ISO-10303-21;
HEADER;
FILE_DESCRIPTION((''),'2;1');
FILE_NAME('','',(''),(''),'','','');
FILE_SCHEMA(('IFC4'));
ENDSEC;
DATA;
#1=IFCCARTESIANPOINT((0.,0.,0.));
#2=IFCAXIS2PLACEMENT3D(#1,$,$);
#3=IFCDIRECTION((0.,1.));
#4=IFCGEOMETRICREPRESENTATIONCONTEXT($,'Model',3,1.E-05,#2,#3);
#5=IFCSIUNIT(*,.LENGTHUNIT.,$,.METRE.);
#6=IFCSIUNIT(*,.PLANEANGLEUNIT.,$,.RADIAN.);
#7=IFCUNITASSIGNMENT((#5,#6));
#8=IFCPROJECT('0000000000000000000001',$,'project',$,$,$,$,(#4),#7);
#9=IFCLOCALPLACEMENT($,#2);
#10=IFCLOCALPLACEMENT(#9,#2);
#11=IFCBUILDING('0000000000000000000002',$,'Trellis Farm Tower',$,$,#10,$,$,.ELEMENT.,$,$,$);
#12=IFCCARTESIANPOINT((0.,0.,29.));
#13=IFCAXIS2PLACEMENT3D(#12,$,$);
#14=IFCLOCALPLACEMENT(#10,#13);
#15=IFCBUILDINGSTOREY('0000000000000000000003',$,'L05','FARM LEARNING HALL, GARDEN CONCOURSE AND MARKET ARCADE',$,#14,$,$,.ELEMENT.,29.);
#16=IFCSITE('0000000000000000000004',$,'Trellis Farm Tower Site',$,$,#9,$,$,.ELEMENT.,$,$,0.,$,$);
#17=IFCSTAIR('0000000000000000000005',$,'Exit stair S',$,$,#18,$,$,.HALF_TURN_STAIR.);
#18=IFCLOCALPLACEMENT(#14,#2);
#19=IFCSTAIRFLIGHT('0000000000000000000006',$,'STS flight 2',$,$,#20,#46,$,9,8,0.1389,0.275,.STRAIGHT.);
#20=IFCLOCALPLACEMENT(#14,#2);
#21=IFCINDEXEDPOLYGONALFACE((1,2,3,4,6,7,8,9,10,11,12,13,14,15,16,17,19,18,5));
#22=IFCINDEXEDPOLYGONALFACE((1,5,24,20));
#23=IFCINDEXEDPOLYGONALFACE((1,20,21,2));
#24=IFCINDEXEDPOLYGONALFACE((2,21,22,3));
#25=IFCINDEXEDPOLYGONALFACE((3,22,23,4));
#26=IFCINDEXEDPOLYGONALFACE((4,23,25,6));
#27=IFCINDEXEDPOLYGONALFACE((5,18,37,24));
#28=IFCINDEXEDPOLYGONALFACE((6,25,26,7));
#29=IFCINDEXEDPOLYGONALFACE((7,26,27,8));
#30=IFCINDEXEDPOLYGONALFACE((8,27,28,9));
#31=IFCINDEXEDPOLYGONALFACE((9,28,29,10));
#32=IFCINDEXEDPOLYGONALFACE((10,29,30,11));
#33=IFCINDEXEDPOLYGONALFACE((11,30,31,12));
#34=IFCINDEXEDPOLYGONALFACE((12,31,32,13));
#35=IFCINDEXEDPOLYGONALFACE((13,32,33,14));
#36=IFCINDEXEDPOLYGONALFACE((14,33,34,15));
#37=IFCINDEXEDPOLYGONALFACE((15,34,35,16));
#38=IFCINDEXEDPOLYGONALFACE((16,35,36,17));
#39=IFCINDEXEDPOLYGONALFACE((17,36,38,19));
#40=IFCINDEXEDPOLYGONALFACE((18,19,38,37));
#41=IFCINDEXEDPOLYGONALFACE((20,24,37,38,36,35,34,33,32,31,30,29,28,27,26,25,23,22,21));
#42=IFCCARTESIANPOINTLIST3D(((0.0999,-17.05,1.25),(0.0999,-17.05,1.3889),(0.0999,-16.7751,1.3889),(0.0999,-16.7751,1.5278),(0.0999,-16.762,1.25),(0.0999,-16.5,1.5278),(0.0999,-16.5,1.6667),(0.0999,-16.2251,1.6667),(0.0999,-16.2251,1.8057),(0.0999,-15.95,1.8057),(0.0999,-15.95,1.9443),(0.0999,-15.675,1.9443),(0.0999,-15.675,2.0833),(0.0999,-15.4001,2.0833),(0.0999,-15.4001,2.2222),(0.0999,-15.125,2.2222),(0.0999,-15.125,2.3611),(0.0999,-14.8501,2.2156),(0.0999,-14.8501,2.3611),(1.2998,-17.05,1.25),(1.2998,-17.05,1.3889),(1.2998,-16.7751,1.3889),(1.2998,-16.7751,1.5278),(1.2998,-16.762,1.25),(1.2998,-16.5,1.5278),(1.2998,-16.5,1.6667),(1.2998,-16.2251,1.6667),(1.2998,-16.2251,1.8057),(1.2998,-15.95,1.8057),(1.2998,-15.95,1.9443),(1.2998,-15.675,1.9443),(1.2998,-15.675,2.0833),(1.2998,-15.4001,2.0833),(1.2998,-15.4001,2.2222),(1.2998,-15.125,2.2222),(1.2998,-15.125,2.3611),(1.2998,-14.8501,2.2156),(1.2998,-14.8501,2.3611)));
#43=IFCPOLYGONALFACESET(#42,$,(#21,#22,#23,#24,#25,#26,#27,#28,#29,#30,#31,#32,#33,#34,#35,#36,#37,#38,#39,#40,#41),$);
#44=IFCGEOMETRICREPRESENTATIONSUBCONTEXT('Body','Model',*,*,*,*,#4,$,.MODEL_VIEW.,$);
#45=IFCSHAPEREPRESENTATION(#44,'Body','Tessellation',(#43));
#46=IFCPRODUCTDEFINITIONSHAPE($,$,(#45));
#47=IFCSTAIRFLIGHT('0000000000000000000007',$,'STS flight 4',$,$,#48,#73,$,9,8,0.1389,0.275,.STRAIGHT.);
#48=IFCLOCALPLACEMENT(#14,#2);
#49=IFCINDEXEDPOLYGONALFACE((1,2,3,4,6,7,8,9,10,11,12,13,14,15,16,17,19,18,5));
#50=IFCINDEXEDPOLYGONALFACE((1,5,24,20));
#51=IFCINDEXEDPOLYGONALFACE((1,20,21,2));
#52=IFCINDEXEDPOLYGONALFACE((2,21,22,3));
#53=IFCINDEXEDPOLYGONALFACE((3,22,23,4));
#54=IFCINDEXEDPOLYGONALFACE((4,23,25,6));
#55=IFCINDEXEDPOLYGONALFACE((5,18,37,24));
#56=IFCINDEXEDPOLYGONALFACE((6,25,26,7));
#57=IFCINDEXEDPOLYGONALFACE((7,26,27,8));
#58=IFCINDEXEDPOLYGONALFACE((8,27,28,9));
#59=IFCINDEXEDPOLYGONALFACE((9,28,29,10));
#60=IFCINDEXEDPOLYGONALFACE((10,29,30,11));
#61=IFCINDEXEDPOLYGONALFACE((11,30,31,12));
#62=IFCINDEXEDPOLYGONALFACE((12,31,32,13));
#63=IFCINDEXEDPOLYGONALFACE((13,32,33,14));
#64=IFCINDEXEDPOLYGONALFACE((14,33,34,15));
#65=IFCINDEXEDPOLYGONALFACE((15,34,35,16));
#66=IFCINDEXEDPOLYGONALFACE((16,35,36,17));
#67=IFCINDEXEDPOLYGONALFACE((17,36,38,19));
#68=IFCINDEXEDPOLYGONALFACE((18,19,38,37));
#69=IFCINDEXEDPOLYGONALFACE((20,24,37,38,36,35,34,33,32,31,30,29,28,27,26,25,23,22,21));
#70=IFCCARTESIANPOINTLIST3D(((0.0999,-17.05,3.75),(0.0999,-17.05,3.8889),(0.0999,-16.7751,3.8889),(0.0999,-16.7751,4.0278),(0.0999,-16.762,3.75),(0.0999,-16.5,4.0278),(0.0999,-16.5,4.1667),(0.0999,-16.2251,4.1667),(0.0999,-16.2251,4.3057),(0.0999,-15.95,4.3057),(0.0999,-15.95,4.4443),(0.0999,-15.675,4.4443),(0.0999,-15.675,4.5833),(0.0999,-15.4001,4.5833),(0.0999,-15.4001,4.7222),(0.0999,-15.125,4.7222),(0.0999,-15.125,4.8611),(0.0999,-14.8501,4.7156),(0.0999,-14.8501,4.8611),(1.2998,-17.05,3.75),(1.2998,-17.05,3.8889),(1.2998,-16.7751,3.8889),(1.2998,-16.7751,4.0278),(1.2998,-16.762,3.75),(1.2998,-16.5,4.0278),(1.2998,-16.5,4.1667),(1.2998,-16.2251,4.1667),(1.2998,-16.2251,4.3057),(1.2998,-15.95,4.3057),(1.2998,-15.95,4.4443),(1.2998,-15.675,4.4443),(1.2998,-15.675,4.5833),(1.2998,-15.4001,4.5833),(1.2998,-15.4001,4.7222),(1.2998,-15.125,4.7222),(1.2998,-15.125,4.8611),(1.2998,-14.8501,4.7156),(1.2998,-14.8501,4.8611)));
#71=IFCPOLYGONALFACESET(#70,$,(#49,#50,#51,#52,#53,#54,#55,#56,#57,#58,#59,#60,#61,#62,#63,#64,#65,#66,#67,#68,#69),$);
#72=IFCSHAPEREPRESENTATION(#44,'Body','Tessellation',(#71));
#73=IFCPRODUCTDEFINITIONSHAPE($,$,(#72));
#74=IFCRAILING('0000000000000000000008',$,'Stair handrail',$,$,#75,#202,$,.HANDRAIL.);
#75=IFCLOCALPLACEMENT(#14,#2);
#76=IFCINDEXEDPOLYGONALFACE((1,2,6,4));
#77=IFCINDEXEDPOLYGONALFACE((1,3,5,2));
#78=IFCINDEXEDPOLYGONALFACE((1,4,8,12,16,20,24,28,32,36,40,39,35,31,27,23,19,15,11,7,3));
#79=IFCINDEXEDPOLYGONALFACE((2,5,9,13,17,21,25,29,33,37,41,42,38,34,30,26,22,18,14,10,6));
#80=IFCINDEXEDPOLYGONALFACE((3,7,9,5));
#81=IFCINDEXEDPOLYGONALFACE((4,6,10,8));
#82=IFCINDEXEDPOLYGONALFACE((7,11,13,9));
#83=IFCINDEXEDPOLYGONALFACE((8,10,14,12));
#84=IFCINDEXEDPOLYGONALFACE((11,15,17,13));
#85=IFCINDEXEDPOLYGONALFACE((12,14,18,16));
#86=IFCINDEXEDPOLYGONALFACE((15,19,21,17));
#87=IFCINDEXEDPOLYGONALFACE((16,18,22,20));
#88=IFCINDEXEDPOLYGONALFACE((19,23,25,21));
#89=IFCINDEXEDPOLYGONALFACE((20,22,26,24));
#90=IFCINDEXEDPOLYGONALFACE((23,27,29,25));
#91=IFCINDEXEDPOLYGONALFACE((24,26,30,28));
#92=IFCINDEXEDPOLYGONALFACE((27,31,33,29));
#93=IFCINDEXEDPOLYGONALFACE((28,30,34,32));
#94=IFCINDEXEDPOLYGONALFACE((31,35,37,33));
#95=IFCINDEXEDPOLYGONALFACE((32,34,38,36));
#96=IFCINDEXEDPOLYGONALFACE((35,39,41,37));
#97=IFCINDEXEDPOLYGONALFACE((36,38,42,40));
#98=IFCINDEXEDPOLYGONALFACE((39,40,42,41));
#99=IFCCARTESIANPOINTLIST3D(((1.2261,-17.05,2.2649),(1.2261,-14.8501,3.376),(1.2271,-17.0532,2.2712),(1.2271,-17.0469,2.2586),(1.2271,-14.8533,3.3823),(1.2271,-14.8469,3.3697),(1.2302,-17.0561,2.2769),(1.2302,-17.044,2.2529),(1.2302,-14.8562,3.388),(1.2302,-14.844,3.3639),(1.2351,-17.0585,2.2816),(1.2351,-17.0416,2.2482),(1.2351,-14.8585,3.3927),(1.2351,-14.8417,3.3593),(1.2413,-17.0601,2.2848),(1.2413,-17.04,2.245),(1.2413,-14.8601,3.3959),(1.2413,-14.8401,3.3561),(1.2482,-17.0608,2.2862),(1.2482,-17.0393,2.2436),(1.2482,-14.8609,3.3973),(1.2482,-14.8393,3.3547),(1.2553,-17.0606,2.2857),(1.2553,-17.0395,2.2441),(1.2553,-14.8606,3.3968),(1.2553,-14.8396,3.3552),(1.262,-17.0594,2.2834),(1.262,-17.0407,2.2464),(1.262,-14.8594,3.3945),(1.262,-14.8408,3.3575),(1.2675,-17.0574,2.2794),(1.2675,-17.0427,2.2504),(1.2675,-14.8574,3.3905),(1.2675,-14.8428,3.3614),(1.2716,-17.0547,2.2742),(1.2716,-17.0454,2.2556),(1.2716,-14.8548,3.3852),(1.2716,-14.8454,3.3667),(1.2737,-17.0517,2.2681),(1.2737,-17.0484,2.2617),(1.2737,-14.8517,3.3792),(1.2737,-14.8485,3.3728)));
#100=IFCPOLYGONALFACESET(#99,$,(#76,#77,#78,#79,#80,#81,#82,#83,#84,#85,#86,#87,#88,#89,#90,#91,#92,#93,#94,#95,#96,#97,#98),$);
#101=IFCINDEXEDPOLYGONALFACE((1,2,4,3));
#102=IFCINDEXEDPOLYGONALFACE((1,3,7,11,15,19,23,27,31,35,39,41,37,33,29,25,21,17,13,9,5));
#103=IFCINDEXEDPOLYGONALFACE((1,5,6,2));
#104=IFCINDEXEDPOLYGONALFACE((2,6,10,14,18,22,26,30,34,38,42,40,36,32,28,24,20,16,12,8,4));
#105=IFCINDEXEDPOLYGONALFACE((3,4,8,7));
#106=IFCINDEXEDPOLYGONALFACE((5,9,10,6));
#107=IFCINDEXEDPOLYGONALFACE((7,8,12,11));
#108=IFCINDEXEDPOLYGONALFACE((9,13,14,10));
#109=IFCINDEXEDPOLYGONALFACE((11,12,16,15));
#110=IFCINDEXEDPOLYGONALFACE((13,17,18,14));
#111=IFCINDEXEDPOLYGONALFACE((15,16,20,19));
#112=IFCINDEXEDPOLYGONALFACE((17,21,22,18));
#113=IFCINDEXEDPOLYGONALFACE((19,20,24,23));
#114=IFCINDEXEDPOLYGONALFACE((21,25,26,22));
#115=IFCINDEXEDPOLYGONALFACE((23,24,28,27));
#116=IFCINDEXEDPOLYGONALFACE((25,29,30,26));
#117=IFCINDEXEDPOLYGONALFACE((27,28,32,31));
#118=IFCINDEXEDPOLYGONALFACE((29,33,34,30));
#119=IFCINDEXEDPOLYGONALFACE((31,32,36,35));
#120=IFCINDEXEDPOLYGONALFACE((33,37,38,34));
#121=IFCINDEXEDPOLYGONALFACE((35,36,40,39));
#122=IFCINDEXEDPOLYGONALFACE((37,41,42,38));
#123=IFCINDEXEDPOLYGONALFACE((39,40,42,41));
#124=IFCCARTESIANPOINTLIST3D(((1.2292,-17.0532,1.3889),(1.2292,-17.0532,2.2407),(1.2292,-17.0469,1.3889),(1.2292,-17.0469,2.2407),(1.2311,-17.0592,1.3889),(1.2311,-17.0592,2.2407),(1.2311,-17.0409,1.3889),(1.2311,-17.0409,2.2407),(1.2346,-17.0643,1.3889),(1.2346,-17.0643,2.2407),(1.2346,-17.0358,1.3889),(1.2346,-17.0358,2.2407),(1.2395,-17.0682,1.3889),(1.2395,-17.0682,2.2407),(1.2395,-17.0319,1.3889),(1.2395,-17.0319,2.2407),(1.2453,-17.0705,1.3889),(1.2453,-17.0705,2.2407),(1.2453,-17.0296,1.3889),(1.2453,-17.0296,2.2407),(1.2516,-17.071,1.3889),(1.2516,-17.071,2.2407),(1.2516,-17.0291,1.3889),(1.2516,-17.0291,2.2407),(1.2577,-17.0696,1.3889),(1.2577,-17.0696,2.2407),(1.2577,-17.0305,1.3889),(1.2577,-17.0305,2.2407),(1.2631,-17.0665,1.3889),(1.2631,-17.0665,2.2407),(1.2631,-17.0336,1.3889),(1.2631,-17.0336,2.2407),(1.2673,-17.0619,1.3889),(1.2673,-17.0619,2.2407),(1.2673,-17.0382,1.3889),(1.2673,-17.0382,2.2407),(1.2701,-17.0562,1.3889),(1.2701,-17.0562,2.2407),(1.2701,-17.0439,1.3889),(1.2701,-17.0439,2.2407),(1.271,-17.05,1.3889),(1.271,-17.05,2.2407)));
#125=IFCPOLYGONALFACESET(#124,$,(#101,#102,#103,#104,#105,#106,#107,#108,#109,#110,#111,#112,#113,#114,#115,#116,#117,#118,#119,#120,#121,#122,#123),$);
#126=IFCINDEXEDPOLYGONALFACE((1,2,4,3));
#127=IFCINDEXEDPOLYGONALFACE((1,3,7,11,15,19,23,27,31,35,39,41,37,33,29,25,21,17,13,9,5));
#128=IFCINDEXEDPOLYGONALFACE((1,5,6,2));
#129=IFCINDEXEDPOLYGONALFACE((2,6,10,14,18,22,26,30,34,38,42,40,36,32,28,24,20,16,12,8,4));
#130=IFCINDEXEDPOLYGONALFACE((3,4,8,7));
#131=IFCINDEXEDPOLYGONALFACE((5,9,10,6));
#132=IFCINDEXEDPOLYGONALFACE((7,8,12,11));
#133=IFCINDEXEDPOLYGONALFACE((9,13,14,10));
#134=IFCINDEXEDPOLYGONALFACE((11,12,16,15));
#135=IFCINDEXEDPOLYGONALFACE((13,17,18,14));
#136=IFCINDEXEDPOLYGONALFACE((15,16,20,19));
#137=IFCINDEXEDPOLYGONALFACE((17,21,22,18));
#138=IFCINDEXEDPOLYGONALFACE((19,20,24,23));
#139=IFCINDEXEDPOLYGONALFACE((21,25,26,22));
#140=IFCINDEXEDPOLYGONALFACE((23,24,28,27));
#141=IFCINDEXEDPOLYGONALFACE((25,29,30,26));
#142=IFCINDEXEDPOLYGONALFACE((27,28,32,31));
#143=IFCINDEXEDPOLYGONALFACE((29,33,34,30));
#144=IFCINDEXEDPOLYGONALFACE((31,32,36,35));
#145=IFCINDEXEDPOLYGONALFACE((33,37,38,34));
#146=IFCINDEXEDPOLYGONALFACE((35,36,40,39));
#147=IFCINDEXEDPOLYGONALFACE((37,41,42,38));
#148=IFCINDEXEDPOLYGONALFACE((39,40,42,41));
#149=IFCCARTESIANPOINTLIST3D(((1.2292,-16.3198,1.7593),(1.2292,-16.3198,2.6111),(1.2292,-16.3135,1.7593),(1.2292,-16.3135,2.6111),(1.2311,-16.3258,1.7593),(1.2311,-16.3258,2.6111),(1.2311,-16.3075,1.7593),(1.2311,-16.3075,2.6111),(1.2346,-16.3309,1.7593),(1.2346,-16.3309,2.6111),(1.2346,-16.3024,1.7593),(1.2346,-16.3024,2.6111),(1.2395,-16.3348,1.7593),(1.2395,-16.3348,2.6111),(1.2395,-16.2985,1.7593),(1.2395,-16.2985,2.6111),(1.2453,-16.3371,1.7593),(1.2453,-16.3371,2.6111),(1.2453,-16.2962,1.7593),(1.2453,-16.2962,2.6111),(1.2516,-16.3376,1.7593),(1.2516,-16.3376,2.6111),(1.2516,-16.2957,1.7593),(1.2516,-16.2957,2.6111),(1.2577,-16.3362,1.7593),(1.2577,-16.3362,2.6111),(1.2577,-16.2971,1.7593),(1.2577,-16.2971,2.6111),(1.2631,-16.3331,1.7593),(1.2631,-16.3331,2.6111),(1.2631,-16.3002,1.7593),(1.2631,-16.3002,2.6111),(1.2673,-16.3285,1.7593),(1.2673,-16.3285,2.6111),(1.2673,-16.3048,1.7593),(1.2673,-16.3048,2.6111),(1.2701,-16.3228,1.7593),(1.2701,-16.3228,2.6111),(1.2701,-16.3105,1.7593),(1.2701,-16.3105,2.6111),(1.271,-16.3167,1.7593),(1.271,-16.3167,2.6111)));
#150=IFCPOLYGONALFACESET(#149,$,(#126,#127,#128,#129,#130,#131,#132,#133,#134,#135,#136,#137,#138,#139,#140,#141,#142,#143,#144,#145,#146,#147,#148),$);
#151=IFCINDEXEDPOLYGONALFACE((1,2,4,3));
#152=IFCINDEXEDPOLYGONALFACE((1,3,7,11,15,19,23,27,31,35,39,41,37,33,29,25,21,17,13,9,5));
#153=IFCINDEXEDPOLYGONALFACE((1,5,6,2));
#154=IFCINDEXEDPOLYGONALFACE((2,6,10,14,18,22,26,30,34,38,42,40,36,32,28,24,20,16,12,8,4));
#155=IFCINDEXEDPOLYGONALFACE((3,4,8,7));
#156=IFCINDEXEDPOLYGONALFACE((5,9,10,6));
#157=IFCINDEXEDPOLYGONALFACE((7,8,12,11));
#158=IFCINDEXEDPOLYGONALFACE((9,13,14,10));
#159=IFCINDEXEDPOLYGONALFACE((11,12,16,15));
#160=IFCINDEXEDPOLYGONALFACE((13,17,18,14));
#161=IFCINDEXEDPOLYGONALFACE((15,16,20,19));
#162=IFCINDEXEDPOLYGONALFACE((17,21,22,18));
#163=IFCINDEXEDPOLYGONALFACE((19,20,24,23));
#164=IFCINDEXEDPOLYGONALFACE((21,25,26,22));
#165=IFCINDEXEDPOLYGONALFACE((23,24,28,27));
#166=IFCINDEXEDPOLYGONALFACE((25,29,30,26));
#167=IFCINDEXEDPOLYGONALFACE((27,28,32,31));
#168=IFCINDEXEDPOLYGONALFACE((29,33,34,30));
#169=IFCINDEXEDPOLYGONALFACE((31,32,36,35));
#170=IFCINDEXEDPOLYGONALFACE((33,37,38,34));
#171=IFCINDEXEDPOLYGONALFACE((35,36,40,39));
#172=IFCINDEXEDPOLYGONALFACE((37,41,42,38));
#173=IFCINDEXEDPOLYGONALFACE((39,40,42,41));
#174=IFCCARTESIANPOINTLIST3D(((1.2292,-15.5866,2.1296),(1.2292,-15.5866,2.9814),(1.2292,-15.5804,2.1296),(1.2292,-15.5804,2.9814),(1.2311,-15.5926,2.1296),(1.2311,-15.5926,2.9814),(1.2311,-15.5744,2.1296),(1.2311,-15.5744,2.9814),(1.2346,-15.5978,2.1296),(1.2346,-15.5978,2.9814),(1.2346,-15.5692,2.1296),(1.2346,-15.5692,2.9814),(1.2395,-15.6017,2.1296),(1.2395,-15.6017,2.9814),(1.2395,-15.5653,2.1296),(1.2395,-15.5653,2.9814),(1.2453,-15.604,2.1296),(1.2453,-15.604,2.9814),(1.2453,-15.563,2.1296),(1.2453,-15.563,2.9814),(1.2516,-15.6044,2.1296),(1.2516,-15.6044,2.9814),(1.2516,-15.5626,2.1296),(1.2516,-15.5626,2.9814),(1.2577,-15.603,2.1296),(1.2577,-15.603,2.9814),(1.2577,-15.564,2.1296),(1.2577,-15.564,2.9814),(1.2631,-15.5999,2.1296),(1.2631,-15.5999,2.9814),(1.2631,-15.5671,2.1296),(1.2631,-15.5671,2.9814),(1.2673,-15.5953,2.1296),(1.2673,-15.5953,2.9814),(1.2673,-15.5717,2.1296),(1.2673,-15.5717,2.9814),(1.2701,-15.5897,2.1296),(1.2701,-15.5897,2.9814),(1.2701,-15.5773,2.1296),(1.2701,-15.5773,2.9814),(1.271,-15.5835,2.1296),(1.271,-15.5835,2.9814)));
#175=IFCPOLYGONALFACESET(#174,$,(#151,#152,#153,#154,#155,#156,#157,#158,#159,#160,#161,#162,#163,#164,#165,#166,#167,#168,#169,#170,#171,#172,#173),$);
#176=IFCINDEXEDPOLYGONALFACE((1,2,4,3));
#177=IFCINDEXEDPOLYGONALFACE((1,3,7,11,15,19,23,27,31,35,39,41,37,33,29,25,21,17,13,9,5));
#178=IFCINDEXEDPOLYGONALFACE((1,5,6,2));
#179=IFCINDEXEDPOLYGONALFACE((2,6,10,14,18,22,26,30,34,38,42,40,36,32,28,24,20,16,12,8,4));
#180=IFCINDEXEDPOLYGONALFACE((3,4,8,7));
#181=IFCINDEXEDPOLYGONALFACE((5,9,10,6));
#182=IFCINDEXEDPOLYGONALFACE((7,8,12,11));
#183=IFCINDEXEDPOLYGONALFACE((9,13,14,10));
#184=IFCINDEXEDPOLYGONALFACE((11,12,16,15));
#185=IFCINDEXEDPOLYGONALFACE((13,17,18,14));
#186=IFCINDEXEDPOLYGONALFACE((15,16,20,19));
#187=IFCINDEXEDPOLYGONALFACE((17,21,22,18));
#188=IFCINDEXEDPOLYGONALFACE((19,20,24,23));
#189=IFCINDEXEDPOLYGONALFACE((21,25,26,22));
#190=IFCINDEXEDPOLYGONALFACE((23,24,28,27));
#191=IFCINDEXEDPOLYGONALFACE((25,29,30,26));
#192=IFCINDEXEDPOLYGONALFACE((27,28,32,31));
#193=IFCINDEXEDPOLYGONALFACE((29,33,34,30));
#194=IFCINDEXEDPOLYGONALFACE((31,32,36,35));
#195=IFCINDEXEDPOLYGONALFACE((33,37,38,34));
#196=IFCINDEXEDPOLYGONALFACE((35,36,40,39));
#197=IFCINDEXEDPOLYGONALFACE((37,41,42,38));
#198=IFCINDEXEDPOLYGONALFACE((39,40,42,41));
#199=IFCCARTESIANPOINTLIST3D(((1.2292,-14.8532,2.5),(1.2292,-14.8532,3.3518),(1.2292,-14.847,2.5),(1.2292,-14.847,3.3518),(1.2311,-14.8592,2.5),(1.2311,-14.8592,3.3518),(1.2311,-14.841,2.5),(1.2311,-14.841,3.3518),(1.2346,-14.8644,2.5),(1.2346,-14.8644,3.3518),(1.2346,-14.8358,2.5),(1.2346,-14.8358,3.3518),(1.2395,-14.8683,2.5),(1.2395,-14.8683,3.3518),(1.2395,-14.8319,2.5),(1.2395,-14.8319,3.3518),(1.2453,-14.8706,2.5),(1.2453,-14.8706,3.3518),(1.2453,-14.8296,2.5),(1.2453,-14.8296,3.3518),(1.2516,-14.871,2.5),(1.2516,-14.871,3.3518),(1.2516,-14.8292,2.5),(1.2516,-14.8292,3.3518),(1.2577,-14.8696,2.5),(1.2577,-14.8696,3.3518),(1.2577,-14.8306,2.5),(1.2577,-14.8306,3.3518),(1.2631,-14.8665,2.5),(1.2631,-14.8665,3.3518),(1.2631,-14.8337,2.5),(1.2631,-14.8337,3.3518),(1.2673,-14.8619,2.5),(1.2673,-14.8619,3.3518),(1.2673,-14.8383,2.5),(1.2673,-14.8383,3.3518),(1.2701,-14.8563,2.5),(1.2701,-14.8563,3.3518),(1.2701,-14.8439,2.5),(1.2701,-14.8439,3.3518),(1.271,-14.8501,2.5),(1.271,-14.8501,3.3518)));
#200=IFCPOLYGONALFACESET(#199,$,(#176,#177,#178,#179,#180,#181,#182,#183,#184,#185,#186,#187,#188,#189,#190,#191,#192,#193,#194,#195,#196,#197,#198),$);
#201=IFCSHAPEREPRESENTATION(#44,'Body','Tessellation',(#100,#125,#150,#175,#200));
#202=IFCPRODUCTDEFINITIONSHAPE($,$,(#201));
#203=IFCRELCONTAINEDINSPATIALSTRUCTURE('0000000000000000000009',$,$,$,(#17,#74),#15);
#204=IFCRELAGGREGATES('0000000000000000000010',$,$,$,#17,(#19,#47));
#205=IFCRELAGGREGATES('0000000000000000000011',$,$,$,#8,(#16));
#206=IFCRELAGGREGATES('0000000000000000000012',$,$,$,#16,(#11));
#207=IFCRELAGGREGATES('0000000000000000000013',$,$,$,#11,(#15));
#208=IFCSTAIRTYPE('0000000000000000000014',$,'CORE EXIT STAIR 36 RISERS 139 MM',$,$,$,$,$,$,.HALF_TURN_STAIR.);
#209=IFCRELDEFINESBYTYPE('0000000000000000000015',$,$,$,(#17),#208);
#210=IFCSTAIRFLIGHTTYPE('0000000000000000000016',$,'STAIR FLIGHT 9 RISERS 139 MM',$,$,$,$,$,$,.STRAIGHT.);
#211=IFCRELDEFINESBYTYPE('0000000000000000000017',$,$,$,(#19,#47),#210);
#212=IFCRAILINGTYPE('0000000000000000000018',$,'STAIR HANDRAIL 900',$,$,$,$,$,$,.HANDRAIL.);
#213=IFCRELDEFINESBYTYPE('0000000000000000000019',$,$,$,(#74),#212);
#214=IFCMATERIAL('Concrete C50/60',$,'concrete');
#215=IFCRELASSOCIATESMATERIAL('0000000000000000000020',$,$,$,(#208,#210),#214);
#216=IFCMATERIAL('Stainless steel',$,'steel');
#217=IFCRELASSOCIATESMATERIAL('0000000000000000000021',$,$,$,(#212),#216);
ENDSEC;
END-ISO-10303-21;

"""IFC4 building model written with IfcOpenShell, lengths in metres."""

from ifc_helpers import new_model, si_unit, direction, frame, origin, origin_2d, place, context, subcontext, project, spatial, polyline, circle, outline, extrude, source, transform, mapped, material, type_object, element, aggregate, save


model = new_model("IFC4")

# Units and contexts
model_context = context("Model", 3, precision=1e-05, world=origin(), true_north=direction((0.0, 1.0)))
body_context = subcontext(model_context, "Body", "Model", "MODEL_VIEW")
ifc_project = project(units=[si_unit("LENGTHUNIT", "METRE"), si_unit("PLANEANGLEUNIT", "RADIAN")], contexts=[model_context])

# Site, building, storey
site_placement = place(None, origin())
site = spatial("IfcSite", under=ifc_project, at=site_placement, Name="Trellis Farm Tower Site", CompositionType="ELEMENT", RefElevation=0.0)
building_placement = place(site_placement, origin())
building = spatial("IfcBuilding", under=site, at=building_placement, Name="Trellis Farm Tower", CompositionType="ELEMENT")
storey_placement = place(building_placement, frame((0.0, 0.0, 29.0)))
storey = spatial("IfcBuildingStorey", under=building, at=storey_placement, Name="L05", Description="FARM LEARNING HALL, GARDEN CONCOURSE AND MARKET ARCADE", CompositionType="ELEMENT", Elevation=29.0)

# Stair, stair flights
ifc_material_1 = material(Name="Concrete C50/60", Category="concrete")
stair_type = type_object("IfcStairType", Name="CORE EXIT STAIR 36 RISERS 139 MM", PredefinedType="HALF_TURN_STAIR", material=ifc_material_1)
stair_placement = place(storey_placement, origin())
stair = element("IfcStair", 1, at=stair_placement, inside=storey, type_object=stair_type, Name="Exit stair S", PredefinedType="HALF_TURN_STAIR")
stair_flight_type = type_object("IfcStairFlightType", Name="STAIR FLIGHT 9 RISERS 139 MM", PredefinedType="STRAIGHT", material=ifc_material_1)
shared_shape_1 = source(origin(), body_context, "Body", "SweptSolid", [
    extrude(outline(polyline([(0.0, 0.0), (0.0, 0.1389), (0.2749, 0.1389), (0.2749, 0.2778), (0.55, 0.2778), (0.55, 0.4167), (0.825, 0.4167), (0.825, 0.5557), (1.1001, 0.5557), (1.1001, 0.6943), (1.375, 0.6943), (1.375, 0.8333), (1.6499, 0.8333), (1.6499, 0.9722), (1.925, 0.9722), (1.925, 1.1111), (2.2, 1.1111), (2.2, 1.25), (2.2, 0.9656), (0.2881, 0.0), (0.0, 0.0)])), frame((0.0, 0.6001, 0.0), z_axis=(0.0, -1.0, 0.0), x_axis=(1.0, 0.0, 0.0)), (0.0, 0.0, 1.0), 1.2),
])
stair_flight_1_placement = place(storey_placement, frame((0.7, -17.05, 1.25), z_axis=(0.0, 0.0, 1.0), x_axis=(0.0, 1.0, 0.0)))
stair_flight_1 = element("IfcStairFlight", 2, at=stair_flight_1_placement, type_object=stair_flight_type, Name="STS flight 2", NumberOfRisers=9, NumberOfTreads=8, PredefinedType="STRAIGHT", RiserHeight=0.1389, TreadLength=0.275, context=body_context, shape_type="MappedRepresentation", body=[
    mapped(shared_shape_1, transform((0.0, 0.0, 0.0))),
])
stair_flight_2_placement = place(storey_placement, frame((0.7, -17.05, 3.75), z_axis=(0.0, 0.0, 1.0), x_axis=(0.0, 1.0, 0.0)))
stair_flight_2 = element("IfcStairFlight", 3, at=stair_flight_2_placement, type_object=stair_flight_type, Name="STS flight 4", NumberOfRisers=9, NumberOfTreads=8, PredefinedType="STRAIGHT", RiserHeight=0.1389, TreadLength=0.275, context=body_context, shape_type="MappedRepresentation", body=[
    mapped(shared_shape_1, transform((0.0, 0.0, 0.0))),
])
aggregate(stair, [stair_flight_1, stair_flight_2])

# Railing
ifc_material_2 = material(Name="Stainless steel", Category="steel")
railing_type = type_object("IfcRailingType", Name="STAIR HANDRAIL 900", PredefinedType="HANDRAIL", material=ifc_material_2)
shared_shape_2 = source(origin(), body_context, "Body", "SweptSolid", [
    extrude(circle(Radius=0.0239, at=origin_2d()), frame((0.0, 0.0, 0.876), z_axis=(0.0, 0.892617, 0.450816), x_axis=(-1.0, 0.0, 0.0)), (0.0, 0.0, 1.0), 2.4646),
    extrude(circle(Radius=0.021, at=origin_2d()), origin(), (0.0, 0.0, 1.0), 0.8518),
    extrude(circle(Radius=0.021, at=origin_2d()), frame((0.0, 0.7334, 0.3704)), (0.0, 0.0, 1.0), 0.8518),
    extrude(circle(Radius=0.021, at=origin_2d()), frame((0.0, 1.4666, 0.7407)), (0.0, 0.0, 1.0), 0.8518),
    extrude(circle(Radius=0.021, at=origin_2d()), frame((0.0, 2.2, 1.1111)), (0.0, 0.0, 1.0), 0.8518),
])
for number, where, name in (
    (4, (1.25, -17.05, 1.3889), "Stair handrail"),
):
    element("IfcRailing", number, at=place(storey_placement, frame(where)), inside=storey, type_object=railing_type, Name=name, PredefinedType="HANDRAIL", context=body_context, shape_type="MappedRepresentation", body=[
        mapped(shared_shape_2, transform((0.0, 0.0, 0.0))),
    ])

save(model, "model.ifc")
